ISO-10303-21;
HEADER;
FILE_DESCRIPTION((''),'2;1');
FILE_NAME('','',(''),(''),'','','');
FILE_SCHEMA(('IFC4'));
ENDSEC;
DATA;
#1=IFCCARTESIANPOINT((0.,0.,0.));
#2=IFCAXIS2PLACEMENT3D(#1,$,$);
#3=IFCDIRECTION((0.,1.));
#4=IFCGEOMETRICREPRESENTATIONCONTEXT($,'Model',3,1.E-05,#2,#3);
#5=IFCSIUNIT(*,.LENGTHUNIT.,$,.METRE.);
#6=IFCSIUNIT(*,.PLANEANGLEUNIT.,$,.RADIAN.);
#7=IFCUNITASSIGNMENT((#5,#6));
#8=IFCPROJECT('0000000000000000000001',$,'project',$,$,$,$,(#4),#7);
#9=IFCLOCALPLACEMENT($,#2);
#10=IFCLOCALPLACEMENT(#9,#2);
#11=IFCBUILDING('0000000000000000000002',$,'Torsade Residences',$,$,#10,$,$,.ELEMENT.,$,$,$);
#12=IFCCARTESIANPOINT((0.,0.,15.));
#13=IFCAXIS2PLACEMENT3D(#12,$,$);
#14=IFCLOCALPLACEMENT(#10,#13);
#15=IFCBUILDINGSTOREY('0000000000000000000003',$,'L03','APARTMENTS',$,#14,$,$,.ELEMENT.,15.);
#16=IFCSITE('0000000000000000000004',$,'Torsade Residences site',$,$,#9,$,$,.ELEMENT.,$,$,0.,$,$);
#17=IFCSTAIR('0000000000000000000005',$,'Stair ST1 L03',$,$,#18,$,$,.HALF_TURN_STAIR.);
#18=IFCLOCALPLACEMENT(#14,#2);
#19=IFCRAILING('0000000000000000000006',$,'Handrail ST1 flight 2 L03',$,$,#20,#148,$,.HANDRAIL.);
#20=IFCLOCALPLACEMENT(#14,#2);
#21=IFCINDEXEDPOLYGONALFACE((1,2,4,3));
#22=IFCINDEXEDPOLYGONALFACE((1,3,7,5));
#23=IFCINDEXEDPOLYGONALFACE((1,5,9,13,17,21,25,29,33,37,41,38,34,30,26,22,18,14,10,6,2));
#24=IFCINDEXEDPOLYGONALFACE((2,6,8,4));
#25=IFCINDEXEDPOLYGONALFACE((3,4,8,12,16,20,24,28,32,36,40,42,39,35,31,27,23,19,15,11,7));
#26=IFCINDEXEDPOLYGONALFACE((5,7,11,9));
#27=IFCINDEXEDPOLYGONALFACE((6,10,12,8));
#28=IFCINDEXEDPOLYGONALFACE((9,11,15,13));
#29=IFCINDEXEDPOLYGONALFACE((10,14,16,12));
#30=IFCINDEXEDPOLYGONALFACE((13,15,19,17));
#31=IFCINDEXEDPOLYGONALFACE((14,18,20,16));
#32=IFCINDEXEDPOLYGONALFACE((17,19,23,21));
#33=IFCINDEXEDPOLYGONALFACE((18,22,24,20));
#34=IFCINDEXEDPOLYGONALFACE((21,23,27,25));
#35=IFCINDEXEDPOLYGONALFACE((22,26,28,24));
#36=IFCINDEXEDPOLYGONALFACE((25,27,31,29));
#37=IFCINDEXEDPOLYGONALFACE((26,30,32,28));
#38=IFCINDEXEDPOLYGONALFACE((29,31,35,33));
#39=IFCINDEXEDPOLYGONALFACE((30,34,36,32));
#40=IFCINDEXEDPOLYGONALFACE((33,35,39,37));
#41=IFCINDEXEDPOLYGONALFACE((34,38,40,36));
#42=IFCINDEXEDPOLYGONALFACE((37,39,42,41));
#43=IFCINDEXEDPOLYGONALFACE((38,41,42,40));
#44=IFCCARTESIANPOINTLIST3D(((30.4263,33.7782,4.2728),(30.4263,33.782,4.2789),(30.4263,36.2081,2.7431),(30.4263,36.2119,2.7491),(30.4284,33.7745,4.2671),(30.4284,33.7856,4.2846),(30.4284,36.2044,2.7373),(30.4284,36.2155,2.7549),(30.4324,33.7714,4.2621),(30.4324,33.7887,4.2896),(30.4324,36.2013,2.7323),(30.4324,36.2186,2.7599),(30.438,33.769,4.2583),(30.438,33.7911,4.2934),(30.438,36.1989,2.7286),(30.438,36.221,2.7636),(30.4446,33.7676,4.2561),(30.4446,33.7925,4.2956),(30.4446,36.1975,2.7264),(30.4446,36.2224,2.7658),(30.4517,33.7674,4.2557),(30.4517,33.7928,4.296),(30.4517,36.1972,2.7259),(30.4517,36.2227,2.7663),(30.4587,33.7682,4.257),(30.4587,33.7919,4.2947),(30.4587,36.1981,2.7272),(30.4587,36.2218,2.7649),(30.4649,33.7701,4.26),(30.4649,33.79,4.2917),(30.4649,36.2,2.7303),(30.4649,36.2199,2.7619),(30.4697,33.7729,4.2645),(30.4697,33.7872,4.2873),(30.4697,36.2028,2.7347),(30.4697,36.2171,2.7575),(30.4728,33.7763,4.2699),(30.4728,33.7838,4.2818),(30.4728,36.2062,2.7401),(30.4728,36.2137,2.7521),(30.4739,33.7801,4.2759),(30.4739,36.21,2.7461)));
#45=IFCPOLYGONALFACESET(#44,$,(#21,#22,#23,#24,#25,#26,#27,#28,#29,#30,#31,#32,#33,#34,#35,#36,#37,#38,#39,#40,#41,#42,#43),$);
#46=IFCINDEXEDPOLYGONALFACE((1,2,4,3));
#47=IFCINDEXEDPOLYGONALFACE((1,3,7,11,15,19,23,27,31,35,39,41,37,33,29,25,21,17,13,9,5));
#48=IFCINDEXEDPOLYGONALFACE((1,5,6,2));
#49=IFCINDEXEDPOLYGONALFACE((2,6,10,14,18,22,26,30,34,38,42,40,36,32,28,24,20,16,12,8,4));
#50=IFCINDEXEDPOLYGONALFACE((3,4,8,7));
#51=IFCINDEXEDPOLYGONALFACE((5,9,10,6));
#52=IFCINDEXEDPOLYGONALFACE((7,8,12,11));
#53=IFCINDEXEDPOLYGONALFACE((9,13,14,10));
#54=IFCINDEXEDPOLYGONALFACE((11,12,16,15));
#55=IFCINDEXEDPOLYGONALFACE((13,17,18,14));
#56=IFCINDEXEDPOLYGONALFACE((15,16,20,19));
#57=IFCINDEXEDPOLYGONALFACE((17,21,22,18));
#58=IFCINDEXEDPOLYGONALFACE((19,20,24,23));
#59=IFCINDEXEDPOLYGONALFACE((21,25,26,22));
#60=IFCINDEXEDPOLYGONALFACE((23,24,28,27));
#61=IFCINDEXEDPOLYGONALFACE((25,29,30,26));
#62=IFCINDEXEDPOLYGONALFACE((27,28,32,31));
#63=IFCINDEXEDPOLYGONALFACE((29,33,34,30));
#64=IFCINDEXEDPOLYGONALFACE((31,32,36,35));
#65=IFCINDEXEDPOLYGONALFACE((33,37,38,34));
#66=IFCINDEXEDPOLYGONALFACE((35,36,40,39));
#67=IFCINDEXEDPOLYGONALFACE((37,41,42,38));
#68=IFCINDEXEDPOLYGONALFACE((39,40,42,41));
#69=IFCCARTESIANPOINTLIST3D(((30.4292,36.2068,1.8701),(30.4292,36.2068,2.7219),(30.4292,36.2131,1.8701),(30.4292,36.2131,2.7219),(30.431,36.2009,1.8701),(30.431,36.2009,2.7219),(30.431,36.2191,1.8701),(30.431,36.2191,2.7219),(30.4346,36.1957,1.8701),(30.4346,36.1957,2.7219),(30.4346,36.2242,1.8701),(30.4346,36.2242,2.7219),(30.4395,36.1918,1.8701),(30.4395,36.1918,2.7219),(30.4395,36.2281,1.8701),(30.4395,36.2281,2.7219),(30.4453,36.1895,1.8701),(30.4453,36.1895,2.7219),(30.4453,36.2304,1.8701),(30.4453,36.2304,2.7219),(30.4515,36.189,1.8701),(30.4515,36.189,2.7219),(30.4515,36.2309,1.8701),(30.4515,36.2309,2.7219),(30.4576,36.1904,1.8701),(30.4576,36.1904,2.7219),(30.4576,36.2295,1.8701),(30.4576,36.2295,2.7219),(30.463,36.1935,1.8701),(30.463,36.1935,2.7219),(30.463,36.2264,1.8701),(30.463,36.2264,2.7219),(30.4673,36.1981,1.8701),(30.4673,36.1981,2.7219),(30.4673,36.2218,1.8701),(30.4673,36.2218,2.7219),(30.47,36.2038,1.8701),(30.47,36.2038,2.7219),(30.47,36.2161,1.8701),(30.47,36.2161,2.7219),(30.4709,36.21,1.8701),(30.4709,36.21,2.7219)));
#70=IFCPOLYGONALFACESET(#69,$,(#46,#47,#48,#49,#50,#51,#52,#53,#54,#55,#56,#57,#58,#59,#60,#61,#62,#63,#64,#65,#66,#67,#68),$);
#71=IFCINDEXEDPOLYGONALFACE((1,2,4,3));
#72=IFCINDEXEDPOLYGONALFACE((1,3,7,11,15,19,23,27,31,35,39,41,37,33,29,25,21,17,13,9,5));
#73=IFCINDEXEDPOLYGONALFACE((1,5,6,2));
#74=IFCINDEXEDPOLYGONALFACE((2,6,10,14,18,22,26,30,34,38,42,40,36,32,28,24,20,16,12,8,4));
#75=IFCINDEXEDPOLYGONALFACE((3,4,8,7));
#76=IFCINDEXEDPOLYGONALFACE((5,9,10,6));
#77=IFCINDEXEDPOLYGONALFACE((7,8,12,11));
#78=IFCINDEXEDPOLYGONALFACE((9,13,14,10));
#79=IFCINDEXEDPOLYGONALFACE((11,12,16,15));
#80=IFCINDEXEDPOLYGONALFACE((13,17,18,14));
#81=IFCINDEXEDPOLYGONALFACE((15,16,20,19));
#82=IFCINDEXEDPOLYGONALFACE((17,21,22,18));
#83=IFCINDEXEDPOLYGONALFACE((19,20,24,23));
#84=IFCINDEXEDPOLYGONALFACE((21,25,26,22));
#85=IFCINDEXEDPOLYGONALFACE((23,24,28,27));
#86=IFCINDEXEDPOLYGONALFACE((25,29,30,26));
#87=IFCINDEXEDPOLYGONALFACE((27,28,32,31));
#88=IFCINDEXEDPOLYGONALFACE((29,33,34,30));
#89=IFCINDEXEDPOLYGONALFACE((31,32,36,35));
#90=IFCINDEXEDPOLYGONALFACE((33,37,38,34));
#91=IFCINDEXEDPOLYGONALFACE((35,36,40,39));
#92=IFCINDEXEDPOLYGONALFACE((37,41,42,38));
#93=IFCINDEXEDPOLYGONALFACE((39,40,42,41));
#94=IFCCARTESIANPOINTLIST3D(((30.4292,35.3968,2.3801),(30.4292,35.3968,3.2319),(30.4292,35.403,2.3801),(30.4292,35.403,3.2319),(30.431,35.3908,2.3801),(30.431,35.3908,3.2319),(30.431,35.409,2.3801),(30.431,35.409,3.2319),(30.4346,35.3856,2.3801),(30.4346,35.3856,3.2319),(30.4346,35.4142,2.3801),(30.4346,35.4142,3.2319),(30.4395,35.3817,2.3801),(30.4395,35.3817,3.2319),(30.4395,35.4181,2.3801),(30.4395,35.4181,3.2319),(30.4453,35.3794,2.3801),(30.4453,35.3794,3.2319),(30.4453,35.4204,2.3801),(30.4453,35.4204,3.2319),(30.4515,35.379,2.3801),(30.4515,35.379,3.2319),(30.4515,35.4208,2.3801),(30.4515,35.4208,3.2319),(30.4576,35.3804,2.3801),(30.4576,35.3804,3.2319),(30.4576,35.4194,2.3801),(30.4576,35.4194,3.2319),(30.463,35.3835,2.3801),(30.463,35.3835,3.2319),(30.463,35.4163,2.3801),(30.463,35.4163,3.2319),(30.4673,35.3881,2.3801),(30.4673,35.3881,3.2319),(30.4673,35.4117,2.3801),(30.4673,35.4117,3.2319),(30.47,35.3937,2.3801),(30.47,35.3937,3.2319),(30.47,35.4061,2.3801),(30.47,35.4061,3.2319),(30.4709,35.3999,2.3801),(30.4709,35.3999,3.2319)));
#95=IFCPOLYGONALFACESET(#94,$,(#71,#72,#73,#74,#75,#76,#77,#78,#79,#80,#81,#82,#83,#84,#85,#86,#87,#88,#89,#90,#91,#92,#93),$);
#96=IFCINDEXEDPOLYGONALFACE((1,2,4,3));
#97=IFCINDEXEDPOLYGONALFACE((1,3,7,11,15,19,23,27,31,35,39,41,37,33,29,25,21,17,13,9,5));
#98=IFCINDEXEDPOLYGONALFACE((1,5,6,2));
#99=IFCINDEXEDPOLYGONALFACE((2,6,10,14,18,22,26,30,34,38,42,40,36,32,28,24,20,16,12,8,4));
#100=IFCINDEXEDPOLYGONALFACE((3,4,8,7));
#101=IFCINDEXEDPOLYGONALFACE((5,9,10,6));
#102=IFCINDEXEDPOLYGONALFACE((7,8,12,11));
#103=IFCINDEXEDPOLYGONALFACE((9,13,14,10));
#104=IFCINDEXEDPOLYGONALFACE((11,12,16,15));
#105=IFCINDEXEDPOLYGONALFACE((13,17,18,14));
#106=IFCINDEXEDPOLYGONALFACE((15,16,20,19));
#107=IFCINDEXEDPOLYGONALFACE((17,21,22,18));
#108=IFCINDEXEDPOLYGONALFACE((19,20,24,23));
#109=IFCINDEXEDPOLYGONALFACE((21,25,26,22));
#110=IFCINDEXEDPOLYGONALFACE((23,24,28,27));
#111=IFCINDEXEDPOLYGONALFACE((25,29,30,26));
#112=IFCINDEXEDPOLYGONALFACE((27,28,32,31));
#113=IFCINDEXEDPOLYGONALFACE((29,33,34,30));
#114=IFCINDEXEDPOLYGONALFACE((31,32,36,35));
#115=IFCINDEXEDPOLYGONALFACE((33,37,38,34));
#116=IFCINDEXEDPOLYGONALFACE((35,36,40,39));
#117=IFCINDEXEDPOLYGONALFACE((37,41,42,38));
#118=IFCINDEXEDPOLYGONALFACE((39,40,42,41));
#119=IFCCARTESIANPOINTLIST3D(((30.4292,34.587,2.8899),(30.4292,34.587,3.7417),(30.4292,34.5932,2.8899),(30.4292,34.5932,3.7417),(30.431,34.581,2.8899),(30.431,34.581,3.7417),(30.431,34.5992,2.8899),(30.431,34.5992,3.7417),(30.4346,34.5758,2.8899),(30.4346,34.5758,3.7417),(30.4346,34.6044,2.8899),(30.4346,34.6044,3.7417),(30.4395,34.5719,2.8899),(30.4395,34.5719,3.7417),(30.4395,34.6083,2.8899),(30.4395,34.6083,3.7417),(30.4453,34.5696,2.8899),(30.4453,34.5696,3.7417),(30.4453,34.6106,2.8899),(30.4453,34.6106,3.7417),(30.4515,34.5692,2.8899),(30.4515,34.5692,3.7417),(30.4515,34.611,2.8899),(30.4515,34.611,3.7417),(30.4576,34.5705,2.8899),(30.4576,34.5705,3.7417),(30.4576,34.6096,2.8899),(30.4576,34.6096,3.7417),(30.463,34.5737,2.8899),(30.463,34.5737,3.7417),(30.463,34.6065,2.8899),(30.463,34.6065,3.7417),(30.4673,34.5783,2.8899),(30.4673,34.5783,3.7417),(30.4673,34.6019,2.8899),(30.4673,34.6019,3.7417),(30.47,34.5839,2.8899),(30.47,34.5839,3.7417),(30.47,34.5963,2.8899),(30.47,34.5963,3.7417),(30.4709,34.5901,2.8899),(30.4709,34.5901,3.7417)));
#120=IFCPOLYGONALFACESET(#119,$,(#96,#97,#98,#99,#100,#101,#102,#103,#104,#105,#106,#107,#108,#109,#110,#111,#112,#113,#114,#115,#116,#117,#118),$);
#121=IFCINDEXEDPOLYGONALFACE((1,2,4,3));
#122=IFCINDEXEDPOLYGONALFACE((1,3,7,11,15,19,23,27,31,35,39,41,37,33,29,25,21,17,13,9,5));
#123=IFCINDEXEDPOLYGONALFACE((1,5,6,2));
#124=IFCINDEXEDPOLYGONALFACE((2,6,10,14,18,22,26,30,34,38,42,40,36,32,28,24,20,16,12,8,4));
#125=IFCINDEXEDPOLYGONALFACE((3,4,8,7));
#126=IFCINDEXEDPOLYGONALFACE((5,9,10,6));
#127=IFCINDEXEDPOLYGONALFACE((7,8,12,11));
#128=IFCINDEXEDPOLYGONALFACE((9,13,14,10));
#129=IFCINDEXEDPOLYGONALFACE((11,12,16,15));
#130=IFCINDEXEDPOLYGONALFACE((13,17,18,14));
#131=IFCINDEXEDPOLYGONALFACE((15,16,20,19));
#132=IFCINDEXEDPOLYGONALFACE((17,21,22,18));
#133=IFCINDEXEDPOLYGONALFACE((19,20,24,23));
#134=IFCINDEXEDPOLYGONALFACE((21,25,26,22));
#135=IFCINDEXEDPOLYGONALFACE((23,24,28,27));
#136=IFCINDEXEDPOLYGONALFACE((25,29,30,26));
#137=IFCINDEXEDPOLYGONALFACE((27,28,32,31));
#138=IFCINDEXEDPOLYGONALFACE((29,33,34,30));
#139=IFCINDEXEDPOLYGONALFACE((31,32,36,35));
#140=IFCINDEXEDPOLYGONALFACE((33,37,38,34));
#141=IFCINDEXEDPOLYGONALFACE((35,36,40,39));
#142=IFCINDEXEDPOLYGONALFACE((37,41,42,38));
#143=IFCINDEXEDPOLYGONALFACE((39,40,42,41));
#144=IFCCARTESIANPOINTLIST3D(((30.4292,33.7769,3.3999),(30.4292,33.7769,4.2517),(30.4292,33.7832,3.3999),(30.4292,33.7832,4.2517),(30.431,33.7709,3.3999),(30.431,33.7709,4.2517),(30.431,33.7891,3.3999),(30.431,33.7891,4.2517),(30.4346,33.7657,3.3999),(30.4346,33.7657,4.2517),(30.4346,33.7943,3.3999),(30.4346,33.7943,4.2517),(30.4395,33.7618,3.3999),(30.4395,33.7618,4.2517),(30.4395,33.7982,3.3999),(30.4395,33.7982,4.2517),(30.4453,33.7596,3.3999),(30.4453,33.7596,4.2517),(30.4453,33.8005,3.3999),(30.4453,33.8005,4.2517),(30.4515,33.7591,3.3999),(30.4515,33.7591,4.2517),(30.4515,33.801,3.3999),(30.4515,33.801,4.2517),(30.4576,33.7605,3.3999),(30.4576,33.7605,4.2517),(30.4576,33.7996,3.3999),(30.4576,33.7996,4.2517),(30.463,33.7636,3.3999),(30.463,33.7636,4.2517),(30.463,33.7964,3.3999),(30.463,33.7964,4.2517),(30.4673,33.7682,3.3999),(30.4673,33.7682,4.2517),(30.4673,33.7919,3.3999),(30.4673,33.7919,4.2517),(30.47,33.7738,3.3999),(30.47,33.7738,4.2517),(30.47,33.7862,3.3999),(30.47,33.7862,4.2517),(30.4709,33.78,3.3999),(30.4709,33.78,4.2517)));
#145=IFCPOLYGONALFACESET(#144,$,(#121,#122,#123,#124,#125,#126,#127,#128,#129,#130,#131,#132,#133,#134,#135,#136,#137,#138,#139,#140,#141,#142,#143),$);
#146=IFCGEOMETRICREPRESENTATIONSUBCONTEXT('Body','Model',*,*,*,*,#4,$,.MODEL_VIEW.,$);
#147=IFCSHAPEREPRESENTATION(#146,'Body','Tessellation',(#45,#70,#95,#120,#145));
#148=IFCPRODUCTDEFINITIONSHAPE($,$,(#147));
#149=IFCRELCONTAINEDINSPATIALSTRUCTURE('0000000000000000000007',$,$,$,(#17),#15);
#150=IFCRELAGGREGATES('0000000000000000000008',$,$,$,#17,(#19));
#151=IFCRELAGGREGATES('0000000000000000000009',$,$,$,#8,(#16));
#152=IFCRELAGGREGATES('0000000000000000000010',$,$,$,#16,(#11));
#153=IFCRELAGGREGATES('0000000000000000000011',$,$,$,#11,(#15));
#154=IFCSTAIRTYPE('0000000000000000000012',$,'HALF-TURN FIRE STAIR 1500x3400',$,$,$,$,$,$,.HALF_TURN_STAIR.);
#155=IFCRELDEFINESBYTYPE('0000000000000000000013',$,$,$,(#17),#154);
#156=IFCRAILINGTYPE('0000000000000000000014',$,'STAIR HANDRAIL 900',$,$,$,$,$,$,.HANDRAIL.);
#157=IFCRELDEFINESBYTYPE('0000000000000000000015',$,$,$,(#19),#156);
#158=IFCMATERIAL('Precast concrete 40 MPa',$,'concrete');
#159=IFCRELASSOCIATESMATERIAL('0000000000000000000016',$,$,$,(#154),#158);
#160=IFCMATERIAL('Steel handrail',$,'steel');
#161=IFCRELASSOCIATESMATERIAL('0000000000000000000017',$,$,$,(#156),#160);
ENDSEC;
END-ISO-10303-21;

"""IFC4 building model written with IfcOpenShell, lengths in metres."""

from ifc_helpers import new_model, si_unit, direction, frame, origin, origin_2d, place, context, subcontext, project, spatial, circle, extrude, material, type_object, element, aggregate, save


model = new_model("IFC4")

# Units and contexts
model_context = context("Model", 3, precision=1e-05, world=origin(), true_north=direction((0.0, 1.0)))
body_context = subcontext(model_context, "Body", "Model", "MODEL_VIEW")
ifc_project = project(units=[si_unit("LENGTHUNIT", "METRE"), si_unit("PLANEANGLEUNIT", "RADIAN")], contexts=[model_context])

# Site, building, storey
site_placement = place(None, origin())
site = spatial("IfcSite", under=ifc_project, at=site_placement, Name="Torsade Residences site", CompositionType="ELEMENT", RefElevation=0.0)
building_placement = place(site_placement, origin())
building = spatial("IfcBuilding", under=site, at=building_placement, Name="Torsade Residences", CompositionType="ELEMENT")
storey_placement = place(building_placement, frame((0.0, 0.0, 15.0)))
storey = spatial("IfcBuildingStorey", under=building, at=storey_placement, Name="L03", Description="APARTMENTS", CompositionType="ELEMENT", Elevation=15.0)

# Stair, railing
ifc_material_1 = material(Name="Precast concrete 40 MPa", Category="concrete")
stair_type = type_object("IfcStairType", Name="HALF-TURN FIRE STAIR 1500x3400", PredefinedType="HALF_TURN_STAIR", material=ifc_material_1)
stair_placement = place(storey_placement, origin())
stair = element("IfcStair", 1, at=stair_placement, inside=storey, type_object=stair_type, Name="Stair ST1 L03", PredefinedType="HALF_TURN_STAIR")
ifc_material_2 = material(Name="Steel handrail", Category="steel")
railing_type = type_object("IfcRailingType", Name="STAIR HANDRAIL 900", PredefinedType="HANDRAIL", material=ifc_material_2)
railing_1_placement = place(storey_placement, frame((30.45, 36.21, 1.8701)))
railing_1 = element("IfcRailing", 2, at=railing_1_placement, type_object=railing_type, Name="Handrail ST1 flight 2 L03", PredefinedType="HANDRAIL", context=body_context, shape_type="SweptSolid", body=[
    extrude(circle(Radius=0.0239, at=origin_2d()), frame((0.0, 0.0, 0.876), z_axis=(0.0, -0.84626, 0.53277), x_axis=(1.0, 0.0, 0.0)), (0.0, 0.0, 1.0), 2.8713),
    extrude(circle(Radius=0.021, at=origin_2d()), origin(), (0.0, 0.0, 1.0), 0.8518),
    extrude(circle(Radius=0.021, at=origin_2d()), frame((0.0, -0.8101, 0.51)), (0.0, 0.0, 1.0), 0.8518),
    extrude(circle(Radius=0.021, at=origin_2d()), frame((0.0, -1.6199, 1.0198)), (0.0, 0.0, 1.0), 0.8518),
    extrude(circle(Radius=0.021, at=origin_2d()), frame((0.0, -2.4299, 1.5298)), (0.0, 0.0, 1.0), 0.8518),
])
aggregate(stair, [railing_1])

save(model, "model.ifc")
